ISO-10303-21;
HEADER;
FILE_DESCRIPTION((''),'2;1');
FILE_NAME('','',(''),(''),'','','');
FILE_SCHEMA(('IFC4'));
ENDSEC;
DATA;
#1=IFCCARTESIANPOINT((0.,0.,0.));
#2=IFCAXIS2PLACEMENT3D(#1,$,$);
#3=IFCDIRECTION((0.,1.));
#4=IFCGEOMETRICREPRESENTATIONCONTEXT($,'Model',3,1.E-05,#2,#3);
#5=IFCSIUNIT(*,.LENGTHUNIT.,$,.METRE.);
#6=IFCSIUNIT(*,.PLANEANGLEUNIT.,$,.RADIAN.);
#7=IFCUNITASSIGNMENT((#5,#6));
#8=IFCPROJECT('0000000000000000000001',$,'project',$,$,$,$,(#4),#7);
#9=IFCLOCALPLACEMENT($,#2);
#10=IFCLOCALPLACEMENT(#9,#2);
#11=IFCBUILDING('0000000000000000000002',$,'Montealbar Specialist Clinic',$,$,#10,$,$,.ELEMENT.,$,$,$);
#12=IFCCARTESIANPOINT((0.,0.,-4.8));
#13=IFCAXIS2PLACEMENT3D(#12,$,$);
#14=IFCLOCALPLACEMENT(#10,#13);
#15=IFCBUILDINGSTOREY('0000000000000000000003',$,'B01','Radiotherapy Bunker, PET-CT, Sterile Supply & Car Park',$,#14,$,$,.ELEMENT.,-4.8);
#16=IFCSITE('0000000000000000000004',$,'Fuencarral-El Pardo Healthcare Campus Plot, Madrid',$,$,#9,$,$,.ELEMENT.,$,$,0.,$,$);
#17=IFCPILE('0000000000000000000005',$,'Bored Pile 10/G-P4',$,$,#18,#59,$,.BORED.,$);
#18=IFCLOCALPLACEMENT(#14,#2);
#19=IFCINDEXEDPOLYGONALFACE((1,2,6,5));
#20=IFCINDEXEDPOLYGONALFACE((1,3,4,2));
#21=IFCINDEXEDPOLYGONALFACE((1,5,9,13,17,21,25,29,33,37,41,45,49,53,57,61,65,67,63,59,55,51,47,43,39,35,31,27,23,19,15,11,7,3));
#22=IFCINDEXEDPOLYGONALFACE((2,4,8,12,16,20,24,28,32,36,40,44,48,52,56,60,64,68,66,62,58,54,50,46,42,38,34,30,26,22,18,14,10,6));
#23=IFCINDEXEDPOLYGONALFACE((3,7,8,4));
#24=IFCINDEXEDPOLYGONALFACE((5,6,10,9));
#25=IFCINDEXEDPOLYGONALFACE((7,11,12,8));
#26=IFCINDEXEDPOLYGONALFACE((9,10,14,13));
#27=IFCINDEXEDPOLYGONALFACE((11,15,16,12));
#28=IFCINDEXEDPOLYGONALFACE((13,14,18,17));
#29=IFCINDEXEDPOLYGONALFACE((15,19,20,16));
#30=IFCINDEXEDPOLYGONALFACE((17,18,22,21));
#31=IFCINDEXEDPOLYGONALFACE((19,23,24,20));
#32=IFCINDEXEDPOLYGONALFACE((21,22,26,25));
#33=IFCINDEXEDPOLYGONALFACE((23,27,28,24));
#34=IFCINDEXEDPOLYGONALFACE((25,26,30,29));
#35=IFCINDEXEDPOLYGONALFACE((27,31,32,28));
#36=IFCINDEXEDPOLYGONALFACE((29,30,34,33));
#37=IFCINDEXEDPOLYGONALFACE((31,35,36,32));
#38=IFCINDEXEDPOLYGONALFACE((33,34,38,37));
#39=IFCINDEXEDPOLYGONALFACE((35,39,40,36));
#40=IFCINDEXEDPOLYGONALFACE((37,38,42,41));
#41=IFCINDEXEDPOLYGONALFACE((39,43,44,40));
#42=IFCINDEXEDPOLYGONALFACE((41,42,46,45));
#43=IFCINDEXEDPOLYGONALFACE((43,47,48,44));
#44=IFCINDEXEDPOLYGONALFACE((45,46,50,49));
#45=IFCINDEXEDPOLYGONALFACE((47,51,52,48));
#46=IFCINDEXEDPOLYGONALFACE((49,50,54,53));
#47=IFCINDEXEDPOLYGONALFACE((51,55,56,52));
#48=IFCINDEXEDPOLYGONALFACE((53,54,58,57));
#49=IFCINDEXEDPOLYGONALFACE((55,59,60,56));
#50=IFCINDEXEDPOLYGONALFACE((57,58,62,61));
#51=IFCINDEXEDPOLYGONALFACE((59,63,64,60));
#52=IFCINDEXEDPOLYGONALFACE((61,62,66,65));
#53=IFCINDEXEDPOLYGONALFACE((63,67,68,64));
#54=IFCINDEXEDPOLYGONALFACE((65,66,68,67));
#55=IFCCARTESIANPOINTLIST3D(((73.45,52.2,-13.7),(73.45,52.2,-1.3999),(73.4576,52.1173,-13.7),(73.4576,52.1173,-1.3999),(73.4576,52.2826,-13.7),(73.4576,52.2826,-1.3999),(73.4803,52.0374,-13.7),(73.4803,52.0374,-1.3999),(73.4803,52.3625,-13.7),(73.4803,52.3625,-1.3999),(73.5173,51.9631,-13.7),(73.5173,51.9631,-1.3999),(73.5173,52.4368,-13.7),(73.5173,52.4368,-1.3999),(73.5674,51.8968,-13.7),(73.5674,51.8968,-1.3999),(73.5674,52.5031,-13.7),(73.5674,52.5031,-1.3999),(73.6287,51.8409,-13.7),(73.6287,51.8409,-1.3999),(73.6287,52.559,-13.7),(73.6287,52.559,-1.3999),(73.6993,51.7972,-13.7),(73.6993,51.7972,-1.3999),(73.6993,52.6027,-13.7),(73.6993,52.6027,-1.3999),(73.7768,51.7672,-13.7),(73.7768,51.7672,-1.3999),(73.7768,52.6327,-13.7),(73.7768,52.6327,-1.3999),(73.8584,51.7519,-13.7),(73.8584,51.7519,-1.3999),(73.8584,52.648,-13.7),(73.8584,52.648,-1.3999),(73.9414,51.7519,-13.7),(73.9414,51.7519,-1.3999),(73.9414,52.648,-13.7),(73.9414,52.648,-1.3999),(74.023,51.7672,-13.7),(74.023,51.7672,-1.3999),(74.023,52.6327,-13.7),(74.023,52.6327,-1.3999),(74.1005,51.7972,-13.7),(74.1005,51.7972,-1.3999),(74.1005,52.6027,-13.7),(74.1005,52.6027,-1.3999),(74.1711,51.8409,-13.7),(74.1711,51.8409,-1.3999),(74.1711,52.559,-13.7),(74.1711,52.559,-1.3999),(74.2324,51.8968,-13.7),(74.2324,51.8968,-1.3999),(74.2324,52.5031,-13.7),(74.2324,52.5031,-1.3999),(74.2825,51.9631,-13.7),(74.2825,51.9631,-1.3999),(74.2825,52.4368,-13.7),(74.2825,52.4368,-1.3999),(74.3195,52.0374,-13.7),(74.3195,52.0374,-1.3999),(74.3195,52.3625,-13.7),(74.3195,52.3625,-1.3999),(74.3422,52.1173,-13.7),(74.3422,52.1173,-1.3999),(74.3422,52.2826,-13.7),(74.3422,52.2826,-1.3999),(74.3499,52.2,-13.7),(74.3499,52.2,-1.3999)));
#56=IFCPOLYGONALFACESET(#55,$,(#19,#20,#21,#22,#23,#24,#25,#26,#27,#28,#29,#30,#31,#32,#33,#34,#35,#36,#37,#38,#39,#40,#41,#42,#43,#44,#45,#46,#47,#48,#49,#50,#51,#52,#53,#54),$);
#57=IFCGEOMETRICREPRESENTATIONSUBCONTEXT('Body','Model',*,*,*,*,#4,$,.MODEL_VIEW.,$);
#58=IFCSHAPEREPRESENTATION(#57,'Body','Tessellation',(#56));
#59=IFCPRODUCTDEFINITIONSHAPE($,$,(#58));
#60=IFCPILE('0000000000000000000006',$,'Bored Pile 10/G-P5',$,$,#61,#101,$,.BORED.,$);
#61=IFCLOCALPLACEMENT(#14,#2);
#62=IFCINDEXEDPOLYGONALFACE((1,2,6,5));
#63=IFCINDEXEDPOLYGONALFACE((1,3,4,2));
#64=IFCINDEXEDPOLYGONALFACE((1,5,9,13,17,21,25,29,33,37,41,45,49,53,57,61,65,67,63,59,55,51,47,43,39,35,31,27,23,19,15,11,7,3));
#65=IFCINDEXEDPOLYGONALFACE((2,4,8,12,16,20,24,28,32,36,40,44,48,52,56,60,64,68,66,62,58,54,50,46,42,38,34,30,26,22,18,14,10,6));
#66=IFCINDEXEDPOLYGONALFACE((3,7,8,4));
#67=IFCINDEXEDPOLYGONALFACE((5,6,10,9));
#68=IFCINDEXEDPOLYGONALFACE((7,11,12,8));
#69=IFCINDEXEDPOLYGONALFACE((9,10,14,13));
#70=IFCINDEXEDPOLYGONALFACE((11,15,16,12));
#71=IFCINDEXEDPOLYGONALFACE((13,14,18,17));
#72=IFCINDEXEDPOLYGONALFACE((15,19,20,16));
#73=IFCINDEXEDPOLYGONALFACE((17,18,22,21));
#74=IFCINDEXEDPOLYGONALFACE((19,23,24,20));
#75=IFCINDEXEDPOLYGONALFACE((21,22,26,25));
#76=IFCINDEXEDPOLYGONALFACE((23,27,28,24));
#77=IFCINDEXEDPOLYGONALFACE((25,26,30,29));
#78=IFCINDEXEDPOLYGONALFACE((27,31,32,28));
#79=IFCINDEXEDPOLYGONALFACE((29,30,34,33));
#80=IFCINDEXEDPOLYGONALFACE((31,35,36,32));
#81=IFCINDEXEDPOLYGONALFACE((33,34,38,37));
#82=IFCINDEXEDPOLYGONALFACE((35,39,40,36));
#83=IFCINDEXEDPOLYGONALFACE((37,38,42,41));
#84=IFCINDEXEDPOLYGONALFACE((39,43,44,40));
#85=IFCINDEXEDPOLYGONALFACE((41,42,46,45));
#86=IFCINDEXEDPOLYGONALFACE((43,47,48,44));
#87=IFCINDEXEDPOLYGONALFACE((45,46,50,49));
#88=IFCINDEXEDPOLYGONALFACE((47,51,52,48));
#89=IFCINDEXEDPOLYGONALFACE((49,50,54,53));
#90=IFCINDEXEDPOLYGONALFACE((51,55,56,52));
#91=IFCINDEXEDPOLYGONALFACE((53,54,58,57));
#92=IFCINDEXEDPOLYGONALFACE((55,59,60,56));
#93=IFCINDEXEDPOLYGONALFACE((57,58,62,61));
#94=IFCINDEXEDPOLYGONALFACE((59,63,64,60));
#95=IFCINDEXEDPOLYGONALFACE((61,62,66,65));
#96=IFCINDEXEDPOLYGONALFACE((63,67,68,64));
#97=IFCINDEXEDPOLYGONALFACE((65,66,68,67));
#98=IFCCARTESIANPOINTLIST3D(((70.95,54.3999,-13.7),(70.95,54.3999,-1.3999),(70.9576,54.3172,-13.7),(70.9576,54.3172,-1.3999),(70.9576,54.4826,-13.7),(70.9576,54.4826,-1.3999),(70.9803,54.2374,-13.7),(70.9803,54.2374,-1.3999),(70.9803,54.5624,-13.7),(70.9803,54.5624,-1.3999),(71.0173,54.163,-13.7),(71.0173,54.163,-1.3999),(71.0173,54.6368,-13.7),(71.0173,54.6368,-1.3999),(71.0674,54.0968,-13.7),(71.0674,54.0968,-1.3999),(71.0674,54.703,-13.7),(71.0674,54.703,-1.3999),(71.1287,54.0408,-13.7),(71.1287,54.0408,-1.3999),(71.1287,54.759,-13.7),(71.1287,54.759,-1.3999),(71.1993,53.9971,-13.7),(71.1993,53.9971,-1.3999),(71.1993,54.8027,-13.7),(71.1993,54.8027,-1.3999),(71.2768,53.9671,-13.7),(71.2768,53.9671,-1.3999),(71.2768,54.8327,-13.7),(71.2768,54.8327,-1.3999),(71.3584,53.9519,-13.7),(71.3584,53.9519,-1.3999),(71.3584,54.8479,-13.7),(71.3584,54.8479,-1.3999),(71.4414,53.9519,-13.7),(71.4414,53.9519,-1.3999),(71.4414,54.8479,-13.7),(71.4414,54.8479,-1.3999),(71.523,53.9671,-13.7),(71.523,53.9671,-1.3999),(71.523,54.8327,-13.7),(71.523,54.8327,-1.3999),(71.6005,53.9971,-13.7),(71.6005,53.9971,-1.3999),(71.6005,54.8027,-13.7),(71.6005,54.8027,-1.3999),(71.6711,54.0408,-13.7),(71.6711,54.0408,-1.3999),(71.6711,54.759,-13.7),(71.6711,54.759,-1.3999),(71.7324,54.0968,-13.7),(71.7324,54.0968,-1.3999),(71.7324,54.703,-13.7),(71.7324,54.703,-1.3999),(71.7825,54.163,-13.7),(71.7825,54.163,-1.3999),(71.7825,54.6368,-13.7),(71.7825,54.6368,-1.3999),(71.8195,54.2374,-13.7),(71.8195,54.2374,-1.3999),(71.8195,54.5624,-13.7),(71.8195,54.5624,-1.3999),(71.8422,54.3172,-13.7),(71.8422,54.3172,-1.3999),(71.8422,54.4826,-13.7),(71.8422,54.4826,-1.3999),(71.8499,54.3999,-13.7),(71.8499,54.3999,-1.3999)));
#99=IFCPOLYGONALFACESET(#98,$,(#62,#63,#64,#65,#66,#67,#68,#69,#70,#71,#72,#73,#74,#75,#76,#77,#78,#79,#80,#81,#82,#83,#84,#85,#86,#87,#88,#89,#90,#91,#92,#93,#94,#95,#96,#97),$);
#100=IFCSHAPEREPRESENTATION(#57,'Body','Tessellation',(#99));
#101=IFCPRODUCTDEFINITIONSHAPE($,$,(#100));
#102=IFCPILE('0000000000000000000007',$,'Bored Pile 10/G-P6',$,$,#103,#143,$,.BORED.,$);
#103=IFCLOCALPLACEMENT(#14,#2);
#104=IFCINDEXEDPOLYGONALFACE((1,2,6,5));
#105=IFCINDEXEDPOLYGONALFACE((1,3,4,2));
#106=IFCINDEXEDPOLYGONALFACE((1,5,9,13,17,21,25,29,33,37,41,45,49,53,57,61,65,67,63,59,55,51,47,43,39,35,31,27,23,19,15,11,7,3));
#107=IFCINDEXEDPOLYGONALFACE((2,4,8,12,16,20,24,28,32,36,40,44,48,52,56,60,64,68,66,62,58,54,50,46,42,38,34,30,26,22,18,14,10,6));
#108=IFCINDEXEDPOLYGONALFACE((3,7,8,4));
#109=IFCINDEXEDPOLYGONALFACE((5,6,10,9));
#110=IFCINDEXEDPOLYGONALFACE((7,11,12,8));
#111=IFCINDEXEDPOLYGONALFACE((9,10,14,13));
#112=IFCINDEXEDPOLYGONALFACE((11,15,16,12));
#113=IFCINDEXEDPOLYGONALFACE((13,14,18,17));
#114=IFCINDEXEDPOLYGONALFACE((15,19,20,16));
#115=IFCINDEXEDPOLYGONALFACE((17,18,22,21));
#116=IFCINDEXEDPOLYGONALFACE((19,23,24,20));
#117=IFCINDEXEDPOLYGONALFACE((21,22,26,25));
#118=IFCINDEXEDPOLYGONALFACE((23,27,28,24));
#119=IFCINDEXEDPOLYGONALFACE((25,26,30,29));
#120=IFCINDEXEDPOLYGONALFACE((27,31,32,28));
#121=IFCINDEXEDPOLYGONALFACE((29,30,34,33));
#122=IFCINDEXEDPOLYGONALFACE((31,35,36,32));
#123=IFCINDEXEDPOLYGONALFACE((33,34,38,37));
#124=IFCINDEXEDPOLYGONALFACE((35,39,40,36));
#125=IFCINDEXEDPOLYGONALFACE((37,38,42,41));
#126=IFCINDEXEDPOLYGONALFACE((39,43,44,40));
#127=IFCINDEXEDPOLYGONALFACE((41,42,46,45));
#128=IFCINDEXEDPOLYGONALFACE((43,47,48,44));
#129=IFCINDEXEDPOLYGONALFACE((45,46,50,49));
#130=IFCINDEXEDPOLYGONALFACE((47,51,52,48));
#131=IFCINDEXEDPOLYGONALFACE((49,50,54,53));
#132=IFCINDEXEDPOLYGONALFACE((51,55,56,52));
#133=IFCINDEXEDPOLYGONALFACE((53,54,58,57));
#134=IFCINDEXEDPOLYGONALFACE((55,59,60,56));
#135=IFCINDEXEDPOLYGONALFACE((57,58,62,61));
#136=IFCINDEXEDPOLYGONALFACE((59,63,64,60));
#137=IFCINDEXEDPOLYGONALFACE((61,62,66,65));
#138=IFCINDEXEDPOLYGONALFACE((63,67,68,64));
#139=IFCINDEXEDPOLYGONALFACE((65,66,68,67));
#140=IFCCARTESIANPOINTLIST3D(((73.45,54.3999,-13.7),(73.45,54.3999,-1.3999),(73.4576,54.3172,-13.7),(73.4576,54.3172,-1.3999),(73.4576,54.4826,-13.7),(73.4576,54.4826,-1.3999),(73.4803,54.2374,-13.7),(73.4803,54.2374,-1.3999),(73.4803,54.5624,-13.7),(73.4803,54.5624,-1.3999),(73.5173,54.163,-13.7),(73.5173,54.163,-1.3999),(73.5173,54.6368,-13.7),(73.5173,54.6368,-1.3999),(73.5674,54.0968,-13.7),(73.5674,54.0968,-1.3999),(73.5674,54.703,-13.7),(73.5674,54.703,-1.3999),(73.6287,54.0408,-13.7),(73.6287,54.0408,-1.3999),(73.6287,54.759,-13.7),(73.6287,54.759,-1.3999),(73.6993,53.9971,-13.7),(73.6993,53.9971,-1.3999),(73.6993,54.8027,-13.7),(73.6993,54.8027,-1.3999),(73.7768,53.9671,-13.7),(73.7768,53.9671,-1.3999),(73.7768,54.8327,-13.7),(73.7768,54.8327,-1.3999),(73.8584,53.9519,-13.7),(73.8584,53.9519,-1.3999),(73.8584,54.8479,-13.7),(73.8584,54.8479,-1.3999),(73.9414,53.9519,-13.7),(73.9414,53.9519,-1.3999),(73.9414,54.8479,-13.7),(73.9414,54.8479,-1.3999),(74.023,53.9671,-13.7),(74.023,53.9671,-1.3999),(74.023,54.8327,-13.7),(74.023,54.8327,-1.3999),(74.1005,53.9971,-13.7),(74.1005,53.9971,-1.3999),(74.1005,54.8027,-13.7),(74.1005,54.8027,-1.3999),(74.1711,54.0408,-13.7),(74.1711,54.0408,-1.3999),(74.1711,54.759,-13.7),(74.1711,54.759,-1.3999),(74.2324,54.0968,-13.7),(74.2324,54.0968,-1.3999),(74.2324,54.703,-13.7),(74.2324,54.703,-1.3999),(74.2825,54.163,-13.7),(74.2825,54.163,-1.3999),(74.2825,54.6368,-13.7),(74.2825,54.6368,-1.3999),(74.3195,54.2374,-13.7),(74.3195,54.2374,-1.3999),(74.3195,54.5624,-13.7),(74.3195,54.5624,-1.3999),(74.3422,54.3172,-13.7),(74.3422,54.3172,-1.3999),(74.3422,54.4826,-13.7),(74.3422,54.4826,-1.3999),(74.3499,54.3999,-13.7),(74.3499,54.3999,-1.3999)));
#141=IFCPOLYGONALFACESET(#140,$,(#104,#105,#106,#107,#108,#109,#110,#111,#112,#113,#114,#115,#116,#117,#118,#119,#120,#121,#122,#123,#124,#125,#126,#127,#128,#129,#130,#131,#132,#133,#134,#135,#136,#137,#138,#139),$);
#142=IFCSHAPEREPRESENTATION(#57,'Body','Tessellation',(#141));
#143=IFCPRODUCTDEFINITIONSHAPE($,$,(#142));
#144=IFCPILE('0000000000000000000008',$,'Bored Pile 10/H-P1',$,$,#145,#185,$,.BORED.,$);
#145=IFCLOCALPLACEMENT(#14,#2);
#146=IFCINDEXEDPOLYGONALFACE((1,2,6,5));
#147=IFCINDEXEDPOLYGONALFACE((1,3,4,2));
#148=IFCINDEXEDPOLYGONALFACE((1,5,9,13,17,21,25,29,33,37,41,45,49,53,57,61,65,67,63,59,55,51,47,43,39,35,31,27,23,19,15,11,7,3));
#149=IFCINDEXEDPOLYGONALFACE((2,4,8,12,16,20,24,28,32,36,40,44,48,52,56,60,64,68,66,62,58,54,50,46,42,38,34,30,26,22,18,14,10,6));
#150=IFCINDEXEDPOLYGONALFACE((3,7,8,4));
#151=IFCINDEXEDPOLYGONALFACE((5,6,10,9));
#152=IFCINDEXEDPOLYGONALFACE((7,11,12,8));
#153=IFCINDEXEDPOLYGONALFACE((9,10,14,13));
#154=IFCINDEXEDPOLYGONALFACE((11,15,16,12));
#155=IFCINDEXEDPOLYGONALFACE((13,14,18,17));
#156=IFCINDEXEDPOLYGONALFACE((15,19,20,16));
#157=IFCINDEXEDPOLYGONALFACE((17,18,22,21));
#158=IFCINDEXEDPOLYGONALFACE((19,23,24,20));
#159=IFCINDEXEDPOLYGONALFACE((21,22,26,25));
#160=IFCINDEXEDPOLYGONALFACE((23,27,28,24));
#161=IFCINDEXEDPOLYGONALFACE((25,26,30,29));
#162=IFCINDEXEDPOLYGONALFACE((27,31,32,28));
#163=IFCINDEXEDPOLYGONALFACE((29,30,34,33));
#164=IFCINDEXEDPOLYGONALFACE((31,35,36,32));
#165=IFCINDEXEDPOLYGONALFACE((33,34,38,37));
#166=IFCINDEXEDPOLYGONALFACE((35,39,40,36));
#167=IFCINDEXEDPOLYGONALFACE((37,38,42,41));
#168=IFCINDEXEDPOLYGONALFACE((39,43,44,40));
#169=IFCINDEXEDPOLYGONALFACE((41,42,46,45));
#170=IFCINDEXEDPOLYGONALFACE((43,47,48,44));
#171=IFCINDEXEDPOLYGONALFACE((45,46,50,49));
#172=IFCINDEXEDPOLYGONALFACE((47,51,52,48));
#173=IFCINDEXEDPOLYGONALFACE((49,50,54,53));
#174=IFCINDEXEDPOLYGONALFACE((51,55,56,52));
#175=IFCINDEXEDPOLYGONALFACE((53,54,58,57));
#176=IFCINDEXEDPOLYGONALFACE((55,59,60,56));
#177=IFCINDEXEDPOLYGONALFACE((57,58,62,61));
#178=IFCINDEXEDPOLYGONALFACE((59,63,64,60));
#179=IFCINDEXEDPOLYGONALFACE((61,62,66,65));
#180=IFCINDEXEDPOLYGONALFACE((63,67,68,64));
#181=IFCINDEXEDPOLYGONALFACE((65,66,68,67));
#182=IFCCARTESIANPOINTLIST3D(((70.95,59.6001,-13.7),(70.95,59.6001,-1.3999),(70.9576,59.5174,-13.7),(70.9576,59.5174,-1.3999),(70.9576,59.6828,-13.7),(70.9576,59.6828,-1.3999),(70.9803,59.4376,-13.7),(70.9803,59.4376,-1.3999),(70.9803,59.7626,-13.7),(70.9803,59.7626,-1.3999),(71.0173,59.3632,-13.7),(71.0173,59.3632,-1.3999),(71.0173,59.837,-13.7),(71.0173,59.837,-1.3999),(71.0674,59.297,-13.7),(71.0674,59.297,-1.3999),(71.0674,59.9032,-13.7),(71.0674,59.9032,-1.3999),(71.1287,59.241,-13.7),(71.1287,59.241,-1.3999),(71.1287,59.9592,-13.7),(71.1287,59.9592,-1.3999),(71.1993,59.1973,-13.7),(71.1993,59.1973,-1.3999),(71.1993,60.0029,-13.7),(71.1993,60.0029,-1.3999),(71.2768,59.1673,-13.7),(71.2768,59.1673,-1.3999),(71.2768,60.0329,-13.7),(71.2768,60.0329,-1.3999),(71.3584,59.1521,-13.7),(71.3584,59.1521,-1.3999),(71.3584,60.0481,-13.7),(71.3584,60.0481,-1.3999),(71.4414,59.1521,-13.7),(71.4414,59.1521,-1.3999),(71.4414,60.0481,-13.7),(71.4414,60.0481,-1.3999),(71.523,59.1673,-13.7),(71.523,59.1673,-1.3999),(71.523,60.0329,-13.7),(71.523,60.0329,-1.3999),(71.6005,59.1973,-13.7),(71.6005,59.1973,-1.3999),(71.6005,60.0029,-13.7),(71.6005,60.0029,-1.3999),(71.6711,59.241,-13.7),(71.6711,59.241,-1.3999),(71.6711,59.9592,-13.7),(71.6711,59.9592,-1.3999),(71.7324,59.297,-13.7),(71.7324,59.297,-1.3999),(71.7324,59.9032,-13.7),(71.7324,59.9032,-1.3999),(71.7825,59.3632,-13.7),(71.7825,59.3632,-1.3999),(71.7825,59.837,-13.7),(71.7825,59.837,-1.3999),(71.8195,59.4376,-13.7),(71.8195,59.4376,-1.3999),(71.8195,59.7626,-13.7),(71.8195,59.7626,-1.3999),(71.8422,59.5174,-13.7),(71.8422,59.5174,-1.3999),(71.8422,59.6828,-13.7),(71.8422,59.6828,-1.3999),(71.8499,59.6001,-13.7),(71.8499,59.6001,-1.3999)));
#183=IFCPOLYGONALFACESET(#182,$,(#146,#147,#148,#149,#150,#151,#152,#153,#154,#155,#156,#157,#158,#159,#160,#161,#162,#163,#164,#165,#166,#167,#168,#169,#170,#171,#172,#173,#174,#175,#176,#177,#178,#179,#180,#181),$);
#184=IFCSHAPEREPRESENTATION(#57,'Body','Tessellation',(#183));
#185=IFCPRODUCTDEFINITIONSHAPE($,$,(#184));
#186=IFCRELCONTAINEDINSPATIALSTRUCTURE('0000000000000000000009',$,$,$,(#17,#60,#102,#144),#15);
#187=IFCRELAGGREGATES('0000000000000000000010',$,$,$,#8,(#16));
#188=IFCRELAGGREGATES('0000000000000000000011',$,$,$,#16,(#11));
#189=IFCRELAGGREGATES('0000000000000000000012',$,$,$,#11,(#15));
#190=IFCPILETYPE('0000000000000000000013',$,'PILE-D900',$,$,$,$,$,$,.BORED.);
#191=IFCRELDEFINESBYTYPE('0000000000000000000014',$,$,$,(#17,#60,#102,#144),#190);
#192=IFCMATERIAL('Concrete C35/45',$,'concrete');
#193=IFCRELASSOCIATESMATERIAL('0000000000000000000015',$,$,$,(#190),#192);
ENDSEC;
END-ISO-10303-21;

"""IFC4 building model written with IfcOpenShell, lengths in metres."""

from ifc_helpers import new_model, si_unit, direction, frame, origin, origin_2d, place, context, subcontext, project, spatial, circle, extrude, material, material_profile, profile_set, type_object, element, save


model = new_model("IFC4")

# Units and contexts
model_context = context("Model", 3, precision=1e-05, world=origin(), true_north=direction((0.0, 1.0)))
body_context = subcontext(model_context, "Body", "Model", "MODEL_VIEW")
ifc_project = project(units=[si_unit("LENGTHUNIT", "METRE"), si_unit("PLANEANGLEUNIT", "RADIAN")], contexts=[model_context])

# Site, building, storey
site_placement = place(None, origin())
site = spatial("IfcSite", under=ifc_project, at=site_placement, Name="Fuencarral-El Pardo Healthcare Campus Plot, Madrid", CompositionType="ELEMENT", RefElevation=0.0)
building_placement = place(site_placement, origin())
building = spatial("IfcBuilding", under=site, at=building_placement, Name="Montealbar Specialist Clinic", CompositionType="ELEMENT")
storey_placement = place(building_placement, frame((0.0, 0.0, -4.8)))
storey = spatial("IfcBuildingStorey", under=building, at=storey_placement, Name="B01", Description="Radiotherapy Bunker, PET-CT, Sterile Supply & Car Park", CompositionType="ELEMENT", Elevation=-4.8)

# Shared definitions
ifc_material_1 = material(Name="Concrete C35/45", Category="concrete")

# Piles
ifc_material_profile_1 = material_profile(ifc_material_1, circle(Radius=0.45, at=origin_2d()), Name="PILE D900", Category="concrete")
ifc_profile_set_1 = profile_set([ifc_material_profile_1], Name="Concrete C35/45")
pile_type_1 = type_object("IfcPileType", Name="PILE-D900", PredefinedType="BORED", material=ifc_profile_set_1)
for number, where, z_axis, x_axis, name in (
    (1, (73.8999, 52.2, -1.3999), (0.0, 0.0, -1.0), (1.0, 0.0, 0.0), "Bored Pile 10/G-P4"),
    (2, (71.3999, 54.3999, -1.3999), (0.0, 0.0, -1.0), (1.0, 0.0, 0.0), "Bored Pile 10/G-P5"),
    (3, (73.8999, 54.3999, -1.3999), (0.0, 0.0, -1.0), (1.0, 0.0, 0.0), "Bored Pile 10/G-P6"),
    (4, (71.3999, 59.6001, -1.3999), (0.0, 0.0, -1.0), (1.0, 0.0, 0.0), "Bored Pile 10/H-P1"),
):
    element("IfcPile", number, at=place(storey_placement, frame(where, z_axis=z_axis, x_axis=x_axis)), inside=storey, type_object=pile_type_1, Name=name, PredefinedType="BORED", context=body_context, shape_type="SweptSolid", body=[
        extrude(circle(Radius=0.45, at=origin_2d()), origin(), (0.0, 0.0, 1.0), 12.3),
    ])

save(model, "model.ifc")
